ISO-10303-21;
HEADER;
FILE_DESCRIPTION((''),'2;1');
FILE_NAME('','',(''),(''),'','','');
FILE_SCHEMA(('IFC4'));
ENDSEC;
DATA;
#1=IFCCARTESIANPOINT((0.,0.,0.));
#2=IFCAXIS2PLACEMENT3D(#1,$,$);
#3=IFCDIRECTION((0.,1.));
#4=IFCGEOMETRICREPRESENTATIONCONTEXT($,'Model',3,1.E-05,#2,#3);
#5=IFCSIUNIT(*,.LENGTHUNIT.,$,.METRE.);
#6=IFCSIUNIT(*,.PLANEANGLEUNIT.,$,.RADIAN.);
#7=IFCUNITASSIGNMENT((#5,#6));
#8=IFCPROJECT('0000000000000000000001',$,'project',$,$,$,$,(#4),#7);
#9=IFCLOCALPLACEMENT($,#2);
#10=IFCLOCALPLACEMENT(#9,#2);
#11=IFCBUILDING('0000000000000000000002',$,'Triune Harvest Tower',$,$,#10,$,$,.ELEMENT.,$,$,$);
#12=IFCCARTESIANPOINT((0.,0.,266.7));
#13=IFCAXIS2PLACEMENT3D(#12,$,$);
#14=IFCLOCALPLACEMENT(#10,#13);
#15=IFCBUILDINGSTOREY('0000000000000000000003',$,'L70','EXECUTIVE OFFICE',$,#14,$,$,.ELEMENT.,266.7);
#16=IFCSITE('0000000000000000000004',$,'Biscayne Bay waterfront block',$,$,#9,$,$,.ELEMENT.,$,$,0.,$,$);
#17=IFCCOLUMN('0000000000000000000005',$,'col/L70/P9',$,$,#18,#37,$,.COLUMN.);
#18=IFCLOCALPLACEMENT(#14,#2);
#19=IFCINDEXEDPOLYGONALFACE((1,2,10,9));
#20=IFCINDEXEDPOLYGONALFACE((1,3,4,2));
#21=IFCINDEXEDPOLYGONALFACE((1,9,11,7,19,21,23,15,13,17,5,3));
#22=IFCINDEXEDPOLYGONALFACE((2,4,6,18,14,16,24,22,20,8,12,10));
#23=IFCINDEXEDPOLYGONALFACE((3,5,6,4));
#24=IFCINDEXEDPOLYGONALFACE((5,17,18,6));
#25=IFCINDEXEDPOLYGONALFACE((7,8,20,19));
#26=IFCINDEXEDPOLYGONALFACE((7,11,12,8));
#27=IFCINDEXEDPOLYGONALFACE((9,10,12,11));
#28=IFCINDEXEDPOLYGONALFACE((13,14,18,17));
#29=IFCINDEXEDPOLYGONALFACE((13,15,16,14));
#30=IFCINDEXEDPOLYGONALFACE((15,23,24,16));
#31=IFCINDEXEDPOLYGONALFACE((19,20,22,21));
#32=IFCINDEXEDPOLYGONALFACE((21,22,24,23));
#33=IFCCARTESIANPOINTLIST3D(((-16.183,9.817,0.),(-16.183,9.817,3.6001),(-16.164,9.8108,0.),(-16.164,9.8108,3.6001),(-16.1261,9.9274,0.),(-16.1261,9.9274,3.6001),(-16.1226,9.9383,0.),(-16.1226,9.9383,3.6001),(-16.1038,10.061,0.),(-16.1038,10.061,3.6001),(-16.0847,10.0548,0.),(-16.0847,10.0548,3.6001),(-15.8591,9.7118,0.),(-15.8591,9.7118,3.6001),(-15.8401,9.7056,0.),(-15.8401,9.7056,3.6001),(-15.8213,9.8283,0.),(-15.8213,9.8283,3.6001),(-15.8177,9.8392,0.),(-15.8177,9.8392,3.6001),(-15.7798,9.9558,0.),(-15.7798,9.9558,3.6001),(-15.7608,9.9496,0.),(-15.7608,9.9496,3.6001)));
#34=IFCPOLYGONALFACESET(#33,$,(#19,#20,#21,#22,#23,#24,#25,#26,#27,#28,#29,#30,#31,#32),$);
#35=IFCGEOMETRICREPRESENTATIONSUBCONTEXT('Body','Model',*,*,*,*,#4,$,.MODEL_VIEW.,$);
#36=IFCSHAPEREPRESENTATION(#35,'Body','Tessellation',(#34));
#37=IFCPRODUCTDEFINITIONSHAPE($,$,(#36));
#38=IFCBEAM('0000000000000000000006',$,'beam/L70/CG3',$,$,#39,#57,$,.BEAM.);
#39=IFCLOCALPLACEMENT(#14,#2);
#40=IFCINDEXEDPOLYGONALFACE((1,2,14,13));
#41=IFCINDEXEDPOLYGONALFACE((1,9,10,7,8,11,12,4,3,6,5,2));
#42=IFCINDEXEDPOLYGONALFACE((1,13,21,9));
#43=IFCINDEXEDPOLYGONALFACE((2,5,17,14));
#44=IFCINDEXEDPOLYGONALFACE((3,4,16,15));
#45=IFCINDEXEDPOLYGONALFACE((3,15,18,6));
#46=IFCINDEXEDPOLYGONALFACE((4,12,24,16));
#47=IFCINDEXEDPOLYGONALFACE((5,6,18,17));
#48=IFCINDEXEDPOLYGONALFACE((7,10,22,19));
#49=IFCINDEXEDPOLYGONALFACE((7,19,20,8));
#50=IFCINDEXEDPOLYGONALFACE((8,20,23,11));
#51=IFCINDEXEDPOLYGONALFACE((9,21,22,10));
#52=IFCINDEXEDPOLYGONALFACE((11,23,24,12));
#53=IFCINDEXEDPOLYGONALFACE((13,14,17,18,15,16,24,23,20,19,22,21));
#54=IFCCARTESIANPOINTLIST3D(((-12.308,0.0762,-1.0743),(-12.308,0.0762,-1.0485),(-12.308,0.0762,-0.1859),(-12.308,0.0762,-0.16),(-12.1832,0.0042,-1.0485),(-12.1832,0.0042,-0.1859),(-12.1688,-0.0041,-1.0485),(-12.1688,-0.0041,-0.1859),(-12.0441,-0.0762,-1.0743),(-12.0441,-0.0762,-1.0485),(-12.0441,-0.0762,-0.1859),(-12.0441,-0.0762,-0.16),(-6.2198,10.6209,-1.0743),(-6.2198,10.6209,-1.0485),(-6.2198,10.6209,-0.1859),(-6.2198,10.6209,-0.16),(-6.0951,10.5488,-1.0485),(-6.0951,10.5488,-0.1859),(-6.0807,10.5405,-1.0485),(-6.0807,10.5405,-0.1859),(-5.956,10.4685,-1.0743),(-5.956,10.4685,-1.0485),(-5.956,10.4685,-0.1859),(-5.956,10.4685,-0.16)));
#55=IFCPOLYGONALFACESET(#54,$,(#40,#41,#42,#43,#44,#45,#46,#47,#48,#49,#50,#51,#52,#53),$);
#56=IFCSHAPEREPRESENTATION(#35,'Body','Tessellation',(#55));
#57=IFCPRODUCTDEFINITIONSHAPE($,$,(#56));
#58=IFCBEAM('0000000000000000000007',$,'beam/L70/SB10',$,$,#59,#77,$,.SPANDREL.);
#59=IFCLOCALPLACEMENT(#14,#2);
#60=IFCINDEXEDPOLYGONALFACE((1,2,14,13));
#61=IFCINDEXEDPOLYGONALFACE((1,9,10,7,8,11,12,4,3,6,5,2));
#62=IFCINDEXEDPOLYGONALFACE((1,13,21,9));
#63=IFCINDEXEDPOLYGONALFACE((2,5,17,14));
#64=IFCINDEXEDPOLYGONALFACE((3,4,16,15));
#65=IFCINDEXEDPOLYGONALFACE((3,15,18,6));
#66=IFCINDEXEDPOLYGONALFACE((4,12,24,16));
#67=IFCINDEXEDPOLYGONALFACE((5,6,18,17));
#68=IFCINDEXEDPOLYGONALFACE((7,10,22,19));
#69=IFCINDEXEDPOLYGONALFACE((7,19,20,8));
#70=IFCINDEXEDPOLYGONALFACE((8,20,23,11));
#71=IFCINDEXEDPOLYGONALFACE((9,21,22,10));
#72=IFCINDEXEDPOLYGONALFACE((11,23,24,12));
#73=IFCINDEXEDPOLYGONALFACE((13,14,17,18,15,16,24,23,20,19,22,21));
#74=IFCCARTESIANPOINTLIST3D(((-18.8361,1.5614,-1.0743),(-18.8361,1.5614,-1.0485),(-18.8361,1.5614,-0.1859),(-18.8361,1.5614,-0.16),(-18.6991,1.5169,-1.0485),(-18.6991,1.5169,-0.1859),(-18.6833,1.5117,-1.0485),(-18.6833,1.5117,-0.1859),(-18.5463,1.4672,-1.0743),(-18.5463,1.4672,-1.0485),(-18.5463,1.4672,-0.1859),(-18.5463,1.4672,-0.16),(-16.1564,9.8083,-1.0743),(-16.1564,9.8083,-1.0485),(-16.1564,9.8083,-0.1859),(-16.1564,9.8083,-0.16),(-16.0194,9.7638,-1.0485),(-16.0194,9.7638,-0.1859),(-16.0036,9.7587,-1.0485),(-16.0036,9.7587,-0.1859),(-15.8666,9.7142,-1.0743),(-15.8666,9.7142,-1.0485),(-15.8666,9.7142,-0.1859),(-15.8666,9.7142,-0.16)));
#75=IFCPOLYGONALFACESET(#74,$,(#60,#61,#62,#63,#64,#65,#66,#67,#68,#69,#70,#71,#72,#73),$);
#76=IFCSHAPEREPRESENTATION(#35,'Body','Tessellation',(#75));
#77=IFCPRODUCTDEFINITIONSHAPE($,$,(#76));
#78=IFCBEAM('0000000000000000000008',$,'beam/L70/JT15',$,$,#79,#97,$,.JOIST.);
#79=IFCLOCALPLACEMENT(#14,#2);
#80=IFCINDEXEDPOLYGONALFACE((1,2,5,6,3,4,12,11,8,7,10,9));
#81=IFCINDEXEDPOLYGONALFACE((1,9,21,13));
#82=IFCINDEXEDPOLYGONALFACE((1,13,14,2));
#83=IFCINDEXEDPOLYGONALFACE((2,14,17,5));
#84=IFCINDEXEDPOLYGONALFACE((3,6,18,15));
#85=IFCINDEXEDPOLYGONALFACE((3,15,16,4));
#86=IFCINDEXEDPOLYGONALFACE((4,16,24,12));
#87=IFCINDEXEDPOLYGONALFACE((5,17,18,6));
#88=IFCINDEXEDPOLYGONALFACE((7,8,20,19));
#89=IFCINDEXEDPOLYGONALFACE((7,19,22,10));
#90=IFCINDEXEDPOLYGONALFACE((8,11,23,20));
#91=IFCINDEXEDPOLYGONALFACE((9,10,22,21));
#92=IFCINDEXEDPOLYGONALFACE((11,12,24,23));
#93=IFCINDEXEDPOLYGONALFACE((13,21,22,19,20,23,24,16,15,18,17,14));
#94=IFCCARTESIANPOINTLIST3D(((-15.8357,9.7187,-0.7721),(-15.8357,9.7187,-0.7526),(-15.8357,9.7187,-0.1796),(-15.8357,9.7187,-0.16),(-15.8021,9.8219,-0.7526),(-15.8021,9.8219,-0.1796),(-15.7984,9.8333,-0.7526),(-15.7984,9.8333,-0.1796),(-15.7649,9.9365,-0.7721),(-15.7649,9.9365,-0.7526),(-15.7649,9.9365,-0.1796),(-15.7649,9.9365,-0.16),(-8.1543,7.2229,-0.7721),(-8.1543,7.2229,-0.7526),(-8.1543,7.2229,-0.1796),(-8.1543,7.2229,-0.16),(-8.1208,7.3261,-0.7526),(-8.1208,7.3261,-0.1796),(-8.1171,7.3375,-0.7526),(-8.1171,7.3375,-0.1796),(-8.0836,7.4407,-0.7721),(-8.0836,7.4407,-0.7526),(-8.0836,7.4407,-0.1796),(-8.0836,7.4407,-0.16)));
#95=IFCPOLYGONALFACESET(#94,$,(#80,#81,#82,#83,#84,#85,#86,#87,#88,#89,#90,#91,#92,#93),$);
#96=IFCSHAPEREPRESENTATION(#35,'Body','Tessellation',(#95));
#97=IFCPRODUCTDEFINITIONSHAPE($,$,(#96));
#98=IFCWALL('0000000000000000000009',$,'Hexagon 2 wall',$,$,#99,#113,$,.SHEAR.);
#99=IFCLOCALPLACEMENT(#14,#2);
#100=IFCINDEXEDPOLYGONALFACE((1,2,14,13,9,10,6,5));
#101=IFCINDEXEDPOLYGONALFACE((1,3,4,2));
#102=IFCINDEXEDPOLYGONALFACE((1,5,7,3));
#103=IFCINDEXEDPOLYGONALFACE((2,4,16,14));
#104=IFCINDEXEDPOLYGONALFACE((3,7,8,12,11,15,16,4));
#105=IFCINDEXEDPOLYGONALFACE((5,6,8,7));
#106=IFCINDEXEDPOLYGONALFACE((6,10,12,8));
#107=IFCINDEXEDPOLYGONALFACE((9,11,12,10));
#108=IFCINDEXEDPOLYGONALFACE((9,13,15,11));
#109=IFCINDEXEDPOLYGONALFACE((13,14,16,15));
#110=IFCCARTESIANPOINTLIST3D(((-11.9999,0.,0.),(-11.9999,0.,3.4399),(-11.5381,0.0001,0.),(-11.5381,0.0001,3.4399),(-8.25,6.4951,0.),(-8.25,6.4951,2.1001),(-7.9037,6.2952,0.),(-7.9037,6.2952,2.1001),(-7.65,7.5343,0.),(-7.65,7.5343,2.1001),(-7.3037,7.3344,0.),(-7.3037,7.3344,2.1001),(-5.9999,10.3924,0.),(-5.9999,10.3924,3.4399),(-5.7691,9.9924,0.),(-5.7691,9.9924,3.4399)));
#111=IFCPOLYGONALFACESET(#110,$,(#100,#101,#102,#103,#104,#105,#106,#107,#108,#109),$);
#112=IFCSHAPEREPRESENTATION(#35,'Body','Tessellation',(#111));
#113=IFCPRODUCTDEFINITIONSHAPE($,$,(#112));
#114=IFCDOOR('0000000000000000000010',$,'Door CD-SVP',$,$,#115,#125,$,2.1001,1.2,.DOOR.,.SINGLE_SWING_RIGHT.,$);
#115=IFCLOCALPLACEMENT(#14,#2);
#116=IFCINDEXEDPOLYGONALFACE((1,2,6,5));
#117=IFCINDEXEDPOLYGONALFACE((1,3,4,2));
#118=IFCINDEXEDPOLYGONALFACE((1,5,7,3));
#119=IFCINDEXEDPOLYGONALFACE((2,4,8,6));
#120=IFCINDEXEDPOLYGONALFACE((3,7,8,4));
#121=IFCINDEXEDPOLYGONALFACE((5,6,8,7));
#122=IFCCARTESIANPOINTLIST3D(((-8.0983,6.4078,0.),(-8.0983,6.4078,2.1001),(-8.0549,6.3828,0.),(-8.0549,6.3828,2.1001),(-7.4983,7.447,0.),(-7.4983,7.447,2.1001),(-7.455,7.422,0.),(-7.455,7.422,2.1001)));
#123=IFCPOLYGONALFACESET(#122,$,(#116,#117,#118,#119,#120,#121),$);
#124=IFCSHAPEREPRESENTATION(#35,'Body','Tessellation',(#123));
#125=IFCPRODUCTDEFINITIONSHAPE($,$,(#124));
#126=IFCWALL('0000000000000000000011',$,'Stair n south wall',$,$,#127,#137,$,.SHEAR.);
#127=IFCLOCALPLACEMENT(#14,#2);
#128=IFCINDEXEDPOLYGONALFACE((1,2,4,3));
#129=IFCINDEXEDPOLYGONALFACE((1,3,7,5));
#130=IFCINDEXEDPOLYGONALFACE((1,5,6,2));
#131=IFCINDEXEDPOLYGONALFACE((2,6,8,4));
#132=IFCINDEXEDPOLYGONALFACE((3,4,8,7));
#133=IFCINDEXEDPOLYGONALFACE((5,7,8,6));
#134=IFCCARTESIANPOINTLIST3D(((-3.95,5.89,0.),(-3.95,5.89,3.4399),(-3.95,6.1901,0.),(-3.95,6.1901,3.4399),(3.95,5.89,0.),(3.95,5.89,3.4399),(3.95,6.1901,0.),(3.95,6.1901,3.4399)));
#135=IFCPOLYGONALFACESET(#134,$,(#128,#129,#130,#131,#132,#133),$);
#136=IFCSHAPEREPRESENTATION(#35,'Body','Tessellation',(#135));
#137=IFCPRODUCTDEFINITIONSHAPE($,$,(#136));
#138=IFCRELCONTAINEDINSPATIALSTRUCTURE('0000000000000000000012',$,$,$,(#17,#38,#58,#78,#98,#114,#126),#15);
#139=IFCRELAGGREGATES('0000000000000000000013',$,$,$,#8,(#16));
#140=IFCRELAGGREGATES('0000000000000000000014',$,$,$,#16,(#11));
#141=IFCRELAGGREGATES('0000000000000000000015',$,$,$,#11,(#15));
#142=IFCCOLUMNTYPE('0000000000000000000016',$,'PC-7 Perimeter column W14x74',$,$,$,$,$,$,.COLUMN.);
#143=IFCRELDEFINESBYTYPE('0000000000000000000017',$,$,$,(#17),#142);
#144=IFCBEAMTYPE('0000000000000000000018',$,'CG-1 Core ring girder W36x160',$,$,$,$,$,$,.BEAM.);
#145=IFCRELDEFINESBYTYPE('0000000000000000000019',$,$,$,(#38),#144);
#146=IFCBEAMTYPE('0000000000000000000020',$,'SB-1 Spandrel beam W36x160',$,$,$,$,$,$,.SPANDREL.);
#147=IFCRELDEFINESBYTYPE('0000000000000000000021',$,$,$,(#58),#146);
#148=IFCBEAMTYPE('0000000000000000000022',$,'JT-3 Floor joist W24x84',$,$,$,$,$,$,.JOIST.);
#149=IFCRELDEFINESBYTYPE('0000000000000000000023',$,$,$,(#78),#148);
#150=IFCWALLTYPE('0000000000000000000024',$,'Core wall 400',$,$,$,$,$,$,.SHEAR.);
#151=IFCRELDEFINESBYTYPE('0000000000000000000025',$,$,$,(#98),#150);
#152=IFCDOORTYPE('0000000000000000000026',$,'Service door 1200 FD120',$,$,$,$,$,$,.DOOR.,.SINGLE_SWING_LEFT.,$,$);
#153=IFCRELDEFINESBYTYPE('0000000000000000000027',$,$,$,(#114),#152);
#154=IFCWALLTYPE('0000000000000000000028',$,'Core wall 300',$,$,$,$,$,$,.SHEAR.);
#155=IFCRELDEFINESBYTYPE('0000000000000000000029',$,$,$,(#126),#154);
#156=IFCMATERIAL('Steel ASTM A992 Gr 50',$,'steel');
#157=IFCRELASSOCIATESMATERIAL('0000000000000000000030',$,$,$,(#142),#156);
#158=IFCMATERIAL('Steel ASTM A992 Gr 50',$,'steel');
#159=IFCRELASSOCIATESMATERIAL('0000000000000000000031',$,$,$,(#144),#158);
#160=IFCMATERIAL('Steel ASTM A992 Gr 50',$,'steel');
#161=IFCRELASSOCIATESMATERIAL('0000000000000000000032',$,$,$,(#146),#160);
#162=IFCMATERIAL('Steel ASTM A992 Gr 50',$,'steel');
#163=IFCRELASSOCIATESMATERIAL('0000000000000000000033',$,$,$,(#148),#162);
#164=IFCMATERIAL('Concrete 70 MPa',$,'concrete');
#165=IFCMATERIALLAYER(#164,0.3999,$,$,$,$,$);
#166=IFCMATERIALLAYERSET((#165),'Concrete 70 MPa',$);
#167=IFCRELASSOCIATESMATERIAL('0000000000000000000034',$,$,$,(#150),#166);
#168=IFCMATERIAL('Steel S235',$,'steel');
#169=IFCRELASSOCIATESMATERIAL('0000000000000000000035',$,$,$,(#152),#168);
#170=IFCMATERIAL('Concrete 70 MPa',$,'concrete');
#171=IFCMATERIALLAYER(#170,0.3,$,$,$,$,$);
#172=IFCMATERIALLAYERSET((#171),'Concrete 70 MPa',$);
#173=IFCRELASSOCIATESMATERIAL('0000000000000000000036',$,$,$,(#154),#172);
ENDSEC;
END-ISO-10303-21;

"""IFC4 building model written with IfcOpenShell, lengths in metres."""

from ifc_helpers import new_model, si_unit, direction, frame, frame_2d, origin, origin_2d, place, context, subcontext, project, spatial, polyline, rectangle, i_section, outline, extrude, source, transform, mapped, material, layer, layer_set, material_profile, profile_set, type_object, element, fill, save


model = new_model("IFC4")

# Units and contexts
model_context = context("Model", 3, precision=1e-05, world=origin(), true_north=direction((0.0, 1.0)))
body_context = subcontext(model_context, "Body", "Model", "MODEL_VIEW")
ifc_project = project(units=[si_unit("LENGTHUNIT", "METRE"), si_unit("PLANEANGLEUNIT", "RADIAN")], contexts=[model_context])

# Site, building, storey
site_placement = place(None, origin())
site = spatial("IfcSite", under=ifc_project, at=site_placement, Name="Biscayne Bay waterfront block", CompositionType="ELEMENT", RefElevation=0.0)
building_placement = place(site_placement, origin())
building = spatial("IfcBuilding", under=site, at=building_placement, Name="Triune Harvest Tower", CompositionType="ELEMENT")
storey_placement = place(building_placement, frame((0.0, 0.0, 266.7)))
storey = spatial("IfcBuildingStorey", under=building, at=storey_placement, Name="L70", Description="EXECUTIVE OFFICE", CompositionType="ELEMENT", Elevation=266.7)

# Column
ifc_material_1 = material(Name="Steel ASTM A992 Gr 50", Category="steel")
ifc_material_profile_1 = material_profile(ifc_material_1, i_section(OverallWidth=0.2566, OverallDepth=0.3606, WebThickness=0.0115, FlangeThickness=0.02, at=origin_2d()), Name="W14x74")
ifc_profile_set_1 = profile_set([ifc_material_profile_1], Name="Steel ASTM A992 Gr 50")
column_type = type_object("IfcColumnType", Name="PC-7 Perimeter column W14x74", PredefinedType="COLUMN", material=ifc_profile_set_1)
shared_shape_1 = source(origin(), body_context, "Body", "SweptSolid", [
    extrude(i_section(OverallWidth=0.2566, OverallDepth=0.3606, WebThickness=0.0115, FlangeThickness=0.02, at=origin_2d()), origin(), (0.0, 0.0, 1.0), 3.6001),
])
column_placement = place(storey_placement, frame((-15.9719, 9.8833, 0.0), z_axis=(0.0, 0.0, 1.0), x_axis=(-0.309015, -0.951057, 0.0)))
element("IfcColumn", 1, at=column_placement, inside=storey, type_object=column_type, Name="col/L70/P9", PredefinedType="COLUMN", context=body_context, shape_type="MappedRepresentation", body=[
    mapped(shared_shape_1, transform((0.0, 0.0, 0.0), scale=1.0)),
])

# Beams
ifc_material_2 = material(Name="Steel ASTM A992 Gr 50", Category="steel")
ifc_material_profile_2 = material_profile(ifc_material_2, i_section(OverallWidth=0.3047, OverallDepth=0.9143, WebThickness=0.0166, FlangeThickness=0.0259, at=origin_2d()), Name="W36x160")
ifc_profile_set_2 = profile_set([ifc_material_profile_2], Name="Steel ASTM A992 Gr 50")
beam_type_1 = type_object("IfcBeamType", Name="CG-1 Core ring girder W36x160", PredefinedType="BEAM", material=ifc_profile_set_2)
shared_shape_2 = source(origin(), body_context, "Body", "SweptSolid", [
    extrude(i_section(OverallWidth=0.3047, OverallDepth=0.9143, WebThickness=0.0166, FlangeThickness=0.0259, at=origin_2d()), origin(), (0.0, 0.0, 1.0), 12.176),
])
beam_1_placement = place(storey_placement, frame((-6.0879, 10.5447, -0.6172), z_axis=(-0.50001, -0.86602, 0.0), x_axis=(0.86602, -0.50001, 0.0)))
element("IfcBeam", 2, at=beam_1_placement, inside=storey, type_object=beam_type_1, Name="beam/L70/CG3", PredefinedType="BEAM", context=body_context, shape_type="MappedRepresentation", body=[
    mapped(shared_shape_2, transform((0.0, 0.0, 0.0), scale=1.0)),
])
ifc_material_3 = material(Name="Steel ASTM A992 Gr 50", Category="steel")
ifc_material_profile_3 = material_profile(ifc_material_3, i_section(OverallWidth=0.3047, OverallDepth=0.9143, WebThickness=0.0166, FlangeThickness=0.0259, at=origin_2d()), Name="W36x160")
ifc_profile_set_3 = profile_set([ifc_material_profile_3], Name="Steel ASTM A992 Gr 50")
beam_type_2 = type_object("IfcBeamType", Name="SB-1 Spandrel beam W36x160", PredefinedType="SPANDREL", material=ifc_profile_set_3)
shared_shape_3 = source(origin(), body_context, "Body", "SweptSolid", [
    extrude(i_section(OverallWidth=0.3047, OverallDepth=0.9143, WebThickness=0.0166, FlangeThickness=0.0259, at=origin_2d()), origin(), (0.0, 0.0, 1.0), 8.6714),
])
beam_2_placement = place(storey_placement, frame((-16.0115, 9.7612, -0.6172), z_axis=(-0.309031, -0.951052, 0.0), x_axis=(0.951052, -0.309031, 0.0)))
element("IfcBeam", 3, at=beam_2_placement, inside=storey, type_object=beam_type_2, Name="beam/L70/SB10", PredefinedType="SPANDREL", context=body_context, shape_type="MappedRepresentation", body=[
    mapped(shared_shape_3, transform((0.0, 0.0, 0.0), scale=1.0)),
])
ifc_material_4 = material(Name="Steel ASTM A992 Gr 50", Category="steel")
ifc_material_profile_4 = material_profile(ifc_material_4, i_section(OverallWidth=0.229, OverallDepth=0.6121, WebThickness=0.012, FlangeThickness=0.0195, at=origin_2d()), Name="W24x84")
ifc_profile_set_4 = profile_set([ifc_material_profile_4], Name="Steel ASTM A992 Gr 50")
beam_type_3 = type_object("IfcBeamType", Name="JT-3 Floor joist W24x84", PredefinedType="JOIST", material=ifc_profile_set_4)
shared_shape_4 = source(origin(), body_context, "Body", "SweptSolid", [
    extrude(i_section(OverallWidth=0.229, OverallDepth=0.6121, WebThickness=0.012, FlangeThickness=0.0195, at=origin_2d()), origin(), (0.0, 0.0, 1.0), 8.0767),
])
beam_3_placement = place(storey_placement, frame((-15.8003, 9.8276, -0.4661), z_axis=(0.951056, -0.309018, 0.0), x_axis=(0.309018, 0.951056, 0.0)))
element("IfcBeam", 4, at=beam_3_placement, inside=storey, type_object=beam_type_3, Name="beam/L70/JT15", PredefinedType="JOIST", context=body_context, shape_type="MappedRepresentation", body=[
    mapped(shared_shape_4, transform((0.0, 0.0, 0.0), scale=1.0)),
])

# Wall, opening, door
ifc_material_5 = material(Name="Concrete 70 MPa", Category="concrete")
ifc_layer_1 = layer(ifc_material_5, 0.3999)
ifc_layer_set_1 = layer_set([ifc_layer_1], Name="Concrete 70 MPa")
wall_type_1 = type_object("IfcWallType", Name="Core wall 400", PredefinedType="SHEAR", material=ifc_layer_set_1)
shared_shape_5 = source(origin(), body_context, "Body", "SweptSolid", [
    extrude(outline(polyline([(-0.1155, -0.2), (11.8845, -0.2), (11.6536, 0.2), (0.1155, 0.2), (-0.1155, -0.2)])), origin(), (0.0, 0.0, 1.0), 3.4399),
])
wall_1_placement = place(storey_placement, frame((-5.8845, 10.1924, 0.0), z_axis=(0.0, 0.0, 1.0), x_axis=(-0.499997, -0.866027, 0.0)))
wall_1 = element("IfcWall", 5, at=wall_1_placement, inside=storey, type_object=wall_type_1, Name="Hexagon 2 wall", PredefinedType="SHEAR", context=body_context, shape_type="MappedRepresentation", body=[
    mapped(shared_shape_5, transform((0.0, 0.0, 0.0), scale=1.0)),
])
opening_1_placement = place(wall_1_placement, frame((3.1846, 0.0, 0.0)))
opening_1 = element("IfcOpeningElement", 6, at=opening_1_placement, cuts=wall_1, PredefinedType="OPENING", context=body_context, shape_type="SweptSolid", body=[
    extrude(rectangle(XDim=1.2, YDim=2.1001, at=frame_2d((0.6001, 1.05))), frame((0.0, 0.21, 0.0), z_axis=(0.0, -1.0, 0.0), x_axis=(1.0, 0.0, 0.0)), (0.0, 0.0, 1.0), 0.4199),
])
ifc_material_6 = material(Name="Steel S235", Category="steel")
door_type_1 = type_object("IfcDoorType", Name="Service door 1200 FD120", OperationType="SINGLE_SWING_LEFT", PredefinedType="DOOR", material=ifc_material_6)
door_1_placement = place(opening_1_placement, frame((1.2, 0.0, 0.0), z_axis=(0.0, 0.0, 1.0), x_axis=(-1.0, 0.0, 0.0)))
door_1 = element("IfcDoor", 7, at=door_1_placement, inside=storey, type_object=door_type_1, Name="Door CD-SVP", OperationType="SINGLE_SWING_RIGHT", OverallHeight=2.1001, OverallWidth=1.2, PredefinedType="DOOR", context=body_context, shape_type="SweptSolid", body=[
    extrude(rectangle(XDim=1.2, YDim=2.1001, at=frame_2d((0.6001, 1.05))), frame((0.0, 0.0249, 0.0), z_axis=(0.0, -1.0, 0.0), x_axis=(1.0, 0.0, 0.0)), (0.0, 0.0, 1.0), 0.05),
])
fill(opening_1, door_1)

# Wall
ifc_material_7 = material(Name="Concrete 70 MPa", Category="concrete")
ifc_layer_2 = layer(ifc_material_7, 0.3)
ifc_layer_set_2 = layer_set([ifc_layer_2], Name="Concrete 70 MPa")
wall_type_2 = type_object("IfcWallType", Name="Core wall 300", PredefinedType="SHEAR", material=ifc_layer_set_2)
shared_shape_6 = source(origin(), body_context, "Body", "SweptSolid", [
    extrude(rectangle(XDim=7.8999, YDim=0.3, at=frame_2d((3.95, 0.0))), origin(), (0.0, 0.0, 1.0), 3.4399),
])
wall_2_placement = place(storey_placement, frame((-3.95, 6.04, 0.0), z_axis=(0.0, 0.0, 1.0), x_axis=(1.0, 0.0, 0.0)))
element("IfcWall", 8, at=wall_2_placement, inside=storey, type_object=wall_type_2, Name="Stair n south wall", PredefinedType="SHEAR", context=body_context, shape_type="MappedRepresentation", body=[
    mapped(shared_shape_6, transform((0.0, 0.0, 0.0), scale=1.0)),
])

save(model, "model.ifc")
